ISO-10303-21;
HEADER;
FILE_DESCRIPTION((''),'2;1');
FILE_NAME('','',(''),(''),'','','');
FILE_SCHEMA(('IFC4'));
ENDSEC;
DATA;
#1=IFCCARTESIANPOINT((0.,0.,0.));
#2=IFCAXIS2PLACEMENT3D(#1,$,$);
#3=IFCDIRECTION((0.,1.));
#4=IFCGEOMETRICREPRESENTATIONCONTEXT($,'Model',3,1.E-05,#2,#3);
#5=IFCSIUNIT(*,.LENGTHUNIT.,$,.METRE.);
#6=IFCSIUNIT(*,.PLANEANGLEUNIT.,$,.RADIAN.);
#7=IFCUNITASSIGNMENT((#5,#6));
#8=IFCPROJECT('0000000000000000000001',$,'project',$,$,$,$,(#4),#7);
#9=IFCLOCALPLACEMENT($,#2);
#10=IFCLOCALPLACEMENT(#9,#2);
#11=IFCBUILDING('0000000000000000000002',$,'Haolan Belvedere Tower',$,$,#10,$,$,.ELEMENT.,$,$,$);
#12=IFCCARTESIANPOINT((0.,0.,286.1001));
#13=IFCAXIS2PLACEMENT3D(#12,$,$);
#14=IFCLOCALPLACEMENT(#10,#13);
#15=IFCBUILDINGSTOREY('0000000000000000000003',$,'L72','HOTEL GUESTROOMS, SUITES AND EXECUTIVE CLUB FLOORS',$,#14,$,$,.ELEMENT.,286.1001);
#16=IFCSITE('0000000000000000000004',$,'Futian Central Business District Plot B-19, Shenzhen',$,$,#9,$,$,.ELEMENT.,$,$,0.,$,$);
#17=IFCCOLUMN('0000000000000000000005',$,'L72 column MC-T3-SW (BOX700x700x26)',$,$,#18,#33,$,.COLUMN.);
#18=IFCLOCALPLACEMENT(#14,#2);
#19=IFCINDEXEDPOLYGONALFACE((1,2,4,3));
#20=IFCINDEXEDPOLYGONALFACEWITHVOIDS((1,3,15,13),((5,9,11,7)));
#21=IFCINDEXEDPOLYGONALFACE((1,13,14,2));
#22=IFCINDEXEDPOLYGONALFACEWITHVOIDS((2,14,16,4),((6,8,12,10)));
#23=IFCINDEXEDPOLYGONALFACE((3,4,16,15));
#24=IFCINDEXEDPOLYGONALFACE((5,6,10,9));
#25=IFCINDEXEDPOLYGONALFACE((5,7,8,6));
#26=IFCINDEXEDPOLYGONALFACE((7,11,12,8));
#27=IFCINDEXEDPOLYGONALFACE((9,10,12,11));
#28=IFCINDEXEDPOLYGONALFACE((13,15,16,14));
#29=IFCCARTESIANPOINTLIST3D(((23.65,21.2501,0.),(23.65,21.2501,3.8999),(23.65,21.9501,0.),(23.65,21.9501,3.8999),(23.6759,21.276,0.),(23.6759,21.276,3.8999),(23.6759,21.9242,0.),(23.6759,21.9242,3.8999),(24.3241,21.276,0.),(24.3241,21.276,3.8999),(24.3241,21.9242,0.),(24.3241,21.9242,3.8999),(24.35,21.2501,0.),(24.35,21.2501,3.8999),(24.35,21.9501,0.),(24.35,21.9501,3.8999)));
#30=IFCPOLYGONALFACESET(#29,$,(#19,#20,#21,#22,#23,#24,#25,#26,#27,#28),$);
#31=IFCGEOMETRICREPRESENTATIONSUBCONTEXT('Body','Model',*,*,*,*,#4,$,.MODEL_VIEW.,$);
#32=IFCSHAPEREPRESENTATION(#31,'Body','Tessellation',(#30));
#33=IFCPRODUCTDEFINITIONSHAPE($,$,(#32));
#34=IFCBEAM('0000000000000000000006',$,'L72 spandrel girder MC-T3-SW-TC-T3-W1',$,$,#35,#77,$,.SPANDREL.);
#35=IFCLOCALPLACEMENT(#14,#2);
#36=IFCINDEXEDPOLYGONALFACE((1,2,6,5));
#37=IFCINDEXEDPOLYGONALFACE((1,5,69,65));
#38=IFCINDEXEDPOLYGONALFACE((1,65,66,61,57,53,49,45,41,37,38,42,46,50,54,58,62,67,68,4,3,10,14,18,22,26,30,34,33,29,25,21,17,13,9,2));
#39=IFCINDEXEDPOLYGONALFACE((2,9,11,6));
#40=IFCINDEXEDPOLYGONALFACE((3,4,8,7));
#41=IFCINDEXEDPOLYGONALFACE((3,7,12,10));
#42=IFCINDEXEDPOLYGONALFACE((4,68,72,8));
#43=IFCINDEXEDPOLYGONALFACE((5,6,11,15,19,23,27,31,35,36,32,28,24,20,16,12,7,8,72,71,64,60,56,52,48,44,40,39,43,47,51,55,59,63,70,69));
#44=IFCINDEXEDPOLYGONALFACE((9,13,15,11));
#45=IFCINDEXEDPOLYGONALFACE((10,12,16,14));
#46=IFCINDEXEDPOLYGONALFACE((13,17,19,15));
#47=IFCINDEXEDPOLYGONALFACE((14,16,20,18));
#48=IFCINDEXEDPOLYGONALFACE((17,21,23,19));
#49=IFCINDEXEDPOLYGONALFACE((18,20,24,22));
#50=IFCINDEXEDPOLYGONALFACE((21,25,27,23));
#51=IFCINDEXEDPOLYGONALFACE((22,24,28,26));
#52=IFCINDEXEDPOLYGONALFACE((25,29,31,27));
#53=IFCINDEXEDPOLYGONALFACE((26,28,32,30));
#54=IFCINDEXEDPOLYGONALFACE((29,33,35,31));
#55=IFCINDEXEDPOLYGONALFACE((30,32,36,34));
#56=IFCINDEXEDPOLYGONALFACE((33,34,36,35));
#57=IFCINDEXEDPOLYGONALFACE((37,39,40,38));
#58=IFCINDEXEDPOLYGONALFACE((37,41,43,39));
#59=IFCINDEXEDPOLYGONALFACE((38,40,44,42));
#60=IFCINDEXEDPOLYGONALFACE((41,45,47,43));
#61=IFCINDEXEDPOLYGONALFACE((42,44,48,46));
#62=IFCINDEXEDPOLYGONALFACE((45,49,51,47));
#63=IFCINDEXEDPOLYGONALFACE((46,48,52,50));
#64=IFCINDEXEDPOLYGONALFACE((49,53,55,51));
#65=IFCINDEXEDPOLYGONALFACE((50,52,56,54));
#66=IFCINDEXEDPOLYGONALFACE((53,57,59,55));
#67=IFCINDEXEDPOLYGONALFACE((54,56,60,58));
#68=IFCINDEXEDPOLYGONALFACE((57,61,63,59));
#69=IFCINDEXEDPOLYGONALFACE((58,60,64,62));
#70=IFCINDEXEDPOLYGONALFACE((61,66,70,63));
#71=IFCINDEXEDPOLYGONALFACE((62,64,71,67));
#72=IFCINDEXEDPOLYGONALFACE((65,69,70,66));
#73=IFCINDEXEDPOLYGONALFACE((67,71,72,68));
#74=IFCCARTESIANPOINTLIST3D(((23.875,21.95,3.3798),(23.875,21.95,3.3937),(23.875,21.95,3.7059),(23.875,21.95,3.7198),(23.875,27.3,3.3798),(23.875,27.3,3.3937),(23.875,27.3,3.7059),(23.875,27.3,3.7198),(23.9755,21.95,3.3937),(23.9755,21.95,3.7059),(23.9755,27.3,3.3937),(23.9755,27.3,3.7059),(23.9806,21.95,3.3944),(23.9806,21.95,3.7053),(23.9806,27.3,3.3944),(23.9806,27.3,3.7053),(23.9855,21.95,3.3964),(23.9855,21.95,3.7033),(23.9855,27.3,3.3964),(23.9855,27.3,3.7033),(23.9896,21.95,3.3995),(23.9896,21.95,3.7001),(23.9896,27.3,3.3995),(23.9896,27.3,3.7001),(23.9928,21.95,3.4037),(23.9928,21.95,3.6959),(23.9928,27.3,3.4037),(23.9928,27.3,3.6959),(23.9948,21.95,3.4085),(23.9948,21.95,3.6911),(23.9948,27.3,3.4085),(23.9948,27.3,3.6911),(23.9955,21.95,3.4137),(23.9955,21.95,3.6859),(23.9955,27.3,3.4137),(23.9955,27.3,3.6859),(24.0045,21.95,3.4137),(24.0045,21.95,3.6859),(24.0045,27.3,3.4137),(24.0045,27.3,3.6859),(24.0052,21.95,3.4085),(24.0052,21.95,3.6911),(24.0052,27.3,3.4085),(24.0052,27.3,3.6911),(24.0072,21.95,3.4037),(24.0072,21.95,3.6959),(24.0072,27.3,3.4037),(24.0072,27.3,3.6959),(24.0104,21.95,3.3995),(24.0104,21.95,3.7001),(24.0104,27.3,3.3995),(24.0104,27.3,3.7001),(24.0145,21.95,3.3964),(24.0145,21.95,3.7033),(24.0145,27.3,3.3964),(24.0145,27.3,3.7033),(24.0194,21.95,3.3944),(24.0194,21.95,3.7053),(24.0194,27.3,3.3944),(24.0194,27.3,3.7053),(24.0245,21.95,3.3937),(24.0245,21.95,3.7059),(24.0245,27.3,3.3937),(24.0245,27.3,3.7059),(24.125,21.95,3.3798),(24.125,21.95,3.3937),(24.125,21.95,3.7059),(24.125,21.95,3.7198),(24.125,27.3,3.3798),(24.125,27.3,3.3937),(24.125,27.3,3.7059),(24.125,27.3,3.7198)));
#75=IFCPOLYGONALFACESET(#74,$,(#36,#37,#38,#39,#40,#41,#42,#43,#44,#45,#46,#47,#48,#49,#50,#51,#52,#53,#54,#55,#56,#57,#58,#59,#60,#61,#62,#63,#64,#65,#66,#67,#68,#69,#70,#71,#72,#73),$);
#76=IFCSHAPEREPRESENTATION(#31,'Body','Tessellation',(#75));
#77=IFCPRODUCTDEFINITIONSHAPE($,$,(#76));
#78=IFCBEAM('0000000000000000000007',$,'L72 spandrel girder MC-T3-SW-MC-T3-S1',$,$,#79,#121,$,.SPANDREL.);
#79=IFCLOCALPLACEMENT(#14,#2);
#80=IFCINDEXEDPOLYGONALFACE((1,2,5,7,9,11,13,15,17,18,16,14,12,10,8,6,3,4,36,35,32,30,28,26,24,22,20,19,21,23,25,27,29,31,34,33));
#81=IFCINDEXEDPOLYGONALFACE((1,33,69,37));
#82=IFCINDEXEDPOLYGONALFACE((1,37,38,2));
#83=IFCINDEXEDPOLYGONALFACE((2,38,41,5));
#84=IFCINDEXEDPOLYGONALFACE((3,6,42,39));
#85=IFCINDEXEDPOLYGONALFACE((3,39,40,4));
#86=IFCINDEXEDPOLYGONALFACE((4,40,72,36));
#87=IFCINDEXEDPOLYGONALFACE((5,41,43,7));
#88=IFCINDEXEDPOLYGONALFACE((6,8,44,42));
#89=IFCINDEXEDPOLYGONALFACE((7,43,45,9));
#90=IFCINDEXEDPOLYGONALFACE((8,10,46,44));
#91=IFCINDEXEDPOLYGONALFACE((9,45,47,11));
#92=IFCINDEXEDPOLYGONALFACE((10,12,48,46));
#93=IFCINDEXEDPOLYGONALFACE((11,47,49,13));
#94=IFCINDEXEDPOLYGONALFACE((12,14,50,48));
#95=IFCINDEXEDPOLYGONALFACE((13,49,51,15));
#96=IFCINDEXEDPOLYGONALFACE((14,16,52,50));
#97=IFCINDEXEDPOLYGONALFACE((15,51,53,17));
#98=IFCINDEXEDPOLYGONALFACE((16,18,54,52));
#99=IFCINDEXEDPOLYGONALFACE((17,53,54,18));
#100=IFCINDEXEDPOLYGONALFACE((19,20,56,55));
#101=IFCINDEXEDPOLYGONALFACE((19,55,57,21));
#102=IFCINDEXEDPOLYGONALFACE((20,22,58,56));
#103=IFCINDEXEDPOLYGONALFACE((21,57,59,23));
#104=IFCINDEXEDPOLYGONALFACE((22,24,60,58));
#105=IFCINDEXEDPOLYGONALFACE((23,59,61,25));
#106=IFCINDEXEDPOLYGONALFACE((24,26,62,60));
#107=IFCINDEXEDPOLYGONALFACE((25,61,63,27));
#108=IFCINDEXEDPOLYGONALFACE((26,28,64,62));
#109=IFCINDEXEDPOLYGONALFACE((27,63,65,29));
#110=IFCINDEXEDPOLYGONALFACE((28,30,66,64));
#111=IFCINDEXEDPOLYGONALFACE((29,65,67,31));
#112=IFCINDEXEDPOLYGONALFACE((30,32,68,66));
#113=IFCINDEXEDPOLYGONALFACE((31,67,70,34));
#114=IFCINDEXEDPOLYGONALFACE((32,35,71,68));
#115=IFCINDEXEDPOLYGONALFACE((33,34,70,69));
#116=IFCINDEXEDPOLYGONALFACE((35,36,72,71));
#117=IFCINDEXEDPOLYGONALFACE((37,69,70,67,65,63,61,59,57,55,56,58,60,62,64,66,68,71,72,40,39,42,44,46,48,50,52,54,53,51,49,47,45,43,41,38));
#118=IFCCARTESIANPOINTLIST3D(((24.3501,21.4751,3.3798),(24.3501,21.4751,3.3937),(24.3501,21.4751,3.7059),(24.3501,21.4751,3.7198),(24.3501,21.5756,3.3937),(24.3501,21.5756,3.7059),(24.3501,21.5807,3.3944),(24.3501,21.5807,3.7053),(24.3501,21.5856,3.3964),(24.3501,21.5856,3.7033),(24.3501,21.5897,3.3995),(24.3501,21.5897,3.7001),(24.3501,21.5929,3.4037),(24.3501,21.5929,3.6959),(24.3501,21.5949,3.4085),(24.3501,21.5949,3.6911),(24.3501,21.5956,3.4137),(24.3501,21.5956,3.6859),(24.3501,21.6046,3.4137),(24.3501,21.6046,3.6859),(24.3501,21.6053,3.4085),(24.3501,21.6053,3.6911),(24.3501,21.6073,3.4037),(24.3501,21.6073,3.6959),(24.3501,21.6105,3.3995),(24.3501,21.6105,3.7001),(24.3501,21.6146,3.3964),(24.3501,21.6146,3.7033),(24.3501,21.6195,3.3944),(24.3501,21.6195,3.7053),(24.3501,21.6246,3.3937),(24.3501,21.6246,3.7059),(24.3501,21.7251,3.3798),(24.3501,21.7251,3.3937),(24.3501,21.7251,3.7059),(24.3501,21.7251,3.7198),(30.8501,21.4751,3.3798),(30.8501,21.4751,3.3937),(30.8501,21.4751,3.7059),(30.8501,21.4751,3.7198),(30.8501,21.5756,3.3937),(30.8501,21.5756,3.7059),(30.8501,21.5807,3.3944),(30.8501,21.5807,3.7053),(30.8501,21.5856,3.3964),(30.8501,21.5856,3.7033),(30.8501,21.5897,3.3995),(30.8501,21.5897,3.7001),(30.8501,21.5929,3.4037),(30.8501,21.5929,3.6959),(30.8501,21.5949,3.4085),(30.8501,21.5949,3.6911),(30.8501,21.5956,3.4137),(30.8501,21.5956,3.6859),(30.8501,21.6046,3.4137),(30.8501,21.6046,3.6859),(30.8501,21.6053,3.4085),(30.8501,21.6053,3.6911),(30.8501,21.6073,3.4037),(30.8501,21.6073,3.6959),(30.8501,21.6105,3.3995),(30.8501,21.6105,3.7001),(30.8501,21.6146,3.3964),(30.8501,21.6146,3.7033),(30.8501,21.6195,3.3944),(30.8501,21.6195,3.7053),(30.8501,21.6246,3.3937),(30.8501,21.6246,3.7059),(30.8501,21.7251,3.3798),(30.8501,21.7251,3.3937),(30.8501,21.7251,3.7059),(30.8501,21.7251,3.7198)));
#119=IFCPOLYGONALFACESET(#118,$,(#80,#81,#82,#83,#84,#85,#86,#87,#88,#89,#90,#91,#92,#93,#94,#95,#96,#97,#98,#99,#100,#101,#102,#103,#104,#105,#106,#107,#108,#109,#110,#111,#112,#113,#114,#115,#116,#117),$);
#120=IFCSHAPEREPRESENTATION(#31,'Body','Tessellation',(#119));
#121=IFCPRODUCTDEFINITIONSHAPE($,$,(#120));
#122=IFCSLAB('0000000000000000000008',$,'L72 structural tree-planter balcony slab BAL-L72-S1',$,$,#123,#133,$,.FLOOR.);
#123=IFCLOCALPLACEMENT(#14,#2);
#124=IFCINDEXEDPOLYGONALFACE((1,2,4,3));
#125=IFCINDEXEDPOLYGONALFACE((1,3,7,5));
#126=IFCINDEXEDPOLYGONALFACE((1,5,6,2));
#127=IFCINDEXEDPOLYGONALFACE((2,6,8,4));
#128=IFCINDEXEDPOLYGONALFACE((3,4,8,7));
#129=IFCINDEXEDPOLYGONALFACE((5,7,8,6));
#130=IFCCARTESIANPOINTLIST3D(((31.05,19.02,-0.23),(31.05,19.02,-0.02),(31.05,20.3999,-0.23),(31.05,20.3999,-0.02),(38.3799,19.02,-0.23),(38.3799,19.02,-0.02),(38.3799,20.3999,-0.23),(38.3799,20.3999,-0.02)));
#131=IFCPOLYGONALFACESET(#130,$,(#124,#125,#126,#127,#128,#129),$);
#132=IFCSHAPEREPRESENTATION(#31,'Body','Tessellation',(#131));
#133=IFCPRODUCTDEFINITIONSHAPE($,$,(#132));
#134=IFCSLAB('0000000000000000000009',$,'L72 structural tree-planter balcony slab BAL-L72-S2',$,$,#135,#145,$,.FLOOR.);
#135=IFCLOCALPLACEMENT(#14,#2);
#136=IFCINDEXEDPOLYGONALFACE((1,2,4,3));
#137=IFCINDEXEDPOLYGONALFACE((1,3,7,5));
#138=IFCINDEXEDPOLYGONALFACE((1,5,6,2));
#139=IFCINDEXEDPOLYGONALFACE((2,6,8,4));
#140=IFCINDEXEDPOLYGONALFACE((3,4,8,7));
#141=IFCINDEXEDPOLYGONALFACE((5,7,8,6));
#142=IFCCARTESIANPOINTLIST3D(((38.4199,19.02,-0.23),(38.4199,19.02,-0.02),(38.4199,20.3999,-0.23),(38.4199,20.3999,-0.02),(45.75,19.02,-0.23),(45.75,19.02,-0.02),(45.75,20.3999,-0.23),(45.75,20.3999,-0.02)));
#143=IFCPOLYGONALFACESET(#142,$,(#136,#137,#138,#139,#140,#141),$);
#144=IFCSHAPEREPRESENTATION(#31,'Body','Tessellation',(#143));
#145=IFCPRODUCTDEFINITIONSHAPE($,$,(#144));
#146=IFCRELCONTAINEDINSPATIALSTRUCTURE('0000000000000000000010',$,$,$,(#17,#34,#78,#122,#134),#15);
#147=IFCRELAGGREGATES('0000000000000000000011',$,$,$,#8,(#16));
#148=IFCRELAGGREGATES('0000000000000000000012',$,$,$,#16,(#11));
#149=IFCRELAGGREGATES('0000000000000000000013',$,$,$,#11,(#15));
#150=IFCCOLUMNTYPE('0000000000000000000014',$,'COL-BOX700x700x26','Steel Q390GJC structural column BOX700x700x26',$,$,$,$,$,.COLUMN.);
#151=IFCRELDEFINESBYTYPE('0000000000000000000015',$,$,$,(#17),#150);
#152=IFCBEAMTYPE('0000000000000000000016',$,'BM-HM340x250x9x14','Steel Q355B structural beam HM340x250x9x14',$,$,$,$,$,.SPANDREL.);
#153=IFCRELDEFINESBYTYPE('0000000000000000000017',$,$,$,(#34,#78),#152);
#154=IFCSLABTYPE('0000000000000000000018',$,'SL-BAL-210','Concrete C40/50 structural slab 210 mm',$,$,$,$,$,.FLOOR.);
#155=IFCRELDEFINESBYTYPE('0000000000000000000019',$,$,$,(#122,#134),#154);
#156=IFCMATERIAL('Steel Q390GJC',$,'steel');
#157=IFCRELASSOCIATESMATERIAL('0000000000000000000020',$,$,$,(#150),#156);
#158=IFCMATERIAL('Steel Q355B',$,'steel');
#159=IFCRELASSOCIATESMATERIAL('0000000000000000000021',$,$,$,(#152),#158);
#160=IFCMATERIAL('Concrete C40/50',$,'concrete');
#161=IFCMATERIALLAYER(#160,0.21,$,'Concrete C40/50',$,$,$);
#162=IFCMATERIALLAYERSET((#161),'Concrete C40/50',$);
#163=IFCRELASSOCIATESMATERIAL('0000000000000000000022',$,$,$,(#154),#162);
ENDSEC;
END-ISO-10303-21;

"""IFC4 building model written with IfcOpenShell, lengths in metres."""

from ifc_helpers import new_model, si_unit, direction, frame, origin, origin_2d, place, context, subcontext, project, spatial, polyline, hollow_rectangle, i_section, outline, extrude, material, layer, layer_set, material_profile, profile_set, type_object, element, save


model = new_model("IFC4")

# Units and contexts
model_context = context("Model", 3, precision=1e-05, world=origin(), true_north=direction((0.0, 1.0)))
body_context = subcontext(model_context, "Body", "Model", "MODEL_VIEW")
ifc_project = project(units=[si_unit("LENGTHUNIT", "METRE"), si_unit("PLANEANGLEUNIT", "RADIAN")], contexts=[model_context])

# Site, building, storey
site_placement = place(None, origin())
site = spatial("IfcSite", under=ifc_project, at=site_placement, Name="Futian Central Business District Plot B-19, Shenzhen", CompositionType="ELEMENT", RefElevation=0.0)
building_placement = place(site_placement, origin())
building = spatial("IfcBuilding", under=site, at=building_placement, Name="Haolan Belvedere Tower", CompositionType="ELEMENT")
storey_placement = place(building_placement, frame((0.0, 0.0, 286.1001)))
storey = spatial("IfcBuildingStorey", under=building, at=storey_placement, Name="L72", Description="HOTEL GUESTROOMS, SUITES AND EXECUTIVE CLUB FLOORS", CompositionType="ELEMENT", Elevation=286.1001)

# Column
ifc_material_1 = material(Name="Steel Q390GJC", Category="steel")
ifc_material_profile_1 = material_profile(ifc_material_1, hollow_rectangle(XDim=0.7, YDim=0.7, WallThickness=0.0259, at=origin_2d()), Name="Steel Q390GJC")
ifc_profile_set_1 = profile_set([ifc_material_profile_1], Name="Steel Q390GJC")
column_type = type_object("IfcColumnType", Name="COL-BOX700x700x26", Description="Steel Q390GJC structural column BOX700x700x26", PredefinedType="COLUMN", material=ifc_profile_set_1)
column_placement = place(storey_placement, frame((24.0, 21.6001, 0.0), z_axis=(0.0, 0.0, 1.0), x_axis=(1.0, 0.0, 0.0)))
element("IfcColumn", 1, at=column_placement, inside=storey, type_object=column_type, Name="L72 column MC-T3-SW (BOX700x700x26)", PredefinedType="COLUMN", context=body_context, shape_type="SweptSolid", body=[
    extrude(hollow_rectangle(XDim=0.7, YDim=0.7, WallThickness=0.0259, at=origin_2d()), origin(), (0.0, 0.0, 1.0), 3.8999),
])

# Beams
ifc_material_2 = material(Name="Steel Q355B", Category="steel")
ifc_material_profile_2 = material_profile(ifc_material_2, i_section(OverallWidth=0.25, OverallDepth=0.3401, WebThickness=0.009, FlangeThickness=0.0139, FilletRadius=0.02, at=origin_2d()), Name="Steel Q355B")
ifc_profile_set_2 = profile_set([ifc_material_profile_2], Name="Steel Q355B")
beam_type = type_object("IfcBeamType", Name="BM-HM340x250x9x14", Description="Steel Q355B structural beam HM340x250x9x14", PredefinedType="SPANDREL", material=ifc_profile_set_2)
beam_1_placement = place(storey_placement, frame((24.0, 21.95, 3.5498), z_axis=(0.0, 1.0, 0.0), x_axis=(-1.0, 0.0, 0.0)))
element("IfcBeam", 2, at=beam_1_placement, inside=storey, type_object=beam_type, Name="L72 spandrel girder MC-T3-SW-TC-T3-W1", PredefinedType="SPANDREL", context=body_context, shape_type="SweptSolid", body=[
    extrude(i_section(OverallWidth=0.25, OverallDepth=0.3401, WebThickness=0.009, FlangeThickness=0.0139, FilletRadius=0.02, at=origin_2d()), origin(), (0.0, 0.0, 1.0), 5.3501),
])
beam_2_placement = place(storey_placement, frame((24.3501, 21.6001, 3.5498), z_axis=(1.0, 0.0, 0.0), x_axis=(0.0, 1.0, 0.0)))
element("IfcBeam", 3, at=beam_2_placement, inside=storey, type_object=beam_type, Name="L72 spandrel girder MC-T3-SW-MC-T3-S1", PredefinedType="SPANDREL", context=body_context, shape_type="SweptSolid", body=[
    extrude(i_section(OverallWidth=0.25, OverallDepth=0.3401, WebThickness=0.009, FlangeThickness=0.0139, FilletRadius=0.02, at=origin_2d()), origin(), (0.0, 0.0, 1.0), 6.5),
])

# Slabs
ifc_material_3 = material(Name="Concrete C40/50", Category="concrete")
ifc_layer_1 = layer(ifc_material_3, 0.21, Name="Concrete C40/50")
ifc_layer_set_1 = layer_set([ifc_layer_1], Name="Concrete C40/50")
slab_type_1 = type_object("IfcSlabType", Name="SL-BAL-210", Description="Concrete C40/50 structural slab 210 mm", PredefinedType="FLOOR", material=ifc_layer_set_1)
slab_1_placement = place(storey_placement, frame((0.0, 0.0, -0.23)))
element("IfcSlab", 4, at=slab_1_placement, inside=storey, type_object=slab_type_1, Name="L72 structural tree-planter balcony slab BAL-L72-S1", PredefinedType="FLOOR", context=body_context, shape_type="SweptSolid", body=[
    extrude(outline(polyline([(31.05, 19.02), (38.3799, 19.02), (38.3799, 20.3999), (31.05, 20.3999), (31.05, 19.02)])), origin(), (0.0, 0.0, 1.0), 0.21),
])
slab_2_placement = place(storey_placement, frame((0.0, 0.0, -0.23)))
element("IfcSlab", 5, at=slab_2_placement, inside=storey, type_object=slab_type_1, Name="L72 structural tree-planter balcony slab BAL-L72-S2", PredefinedType="FLOOR", context=body_context, shape_type="SweptSolid", body=[
    extrude(outline(polyline([(38.4199, 19.02), (45.75, 19.02), (45.75, 20.3999), (38.4199, 20.3999), (38.4199, 19.02)])), origin(), (0.0, 0.0, 1.0), 0.21),
])

save(model, "model.ifc")
